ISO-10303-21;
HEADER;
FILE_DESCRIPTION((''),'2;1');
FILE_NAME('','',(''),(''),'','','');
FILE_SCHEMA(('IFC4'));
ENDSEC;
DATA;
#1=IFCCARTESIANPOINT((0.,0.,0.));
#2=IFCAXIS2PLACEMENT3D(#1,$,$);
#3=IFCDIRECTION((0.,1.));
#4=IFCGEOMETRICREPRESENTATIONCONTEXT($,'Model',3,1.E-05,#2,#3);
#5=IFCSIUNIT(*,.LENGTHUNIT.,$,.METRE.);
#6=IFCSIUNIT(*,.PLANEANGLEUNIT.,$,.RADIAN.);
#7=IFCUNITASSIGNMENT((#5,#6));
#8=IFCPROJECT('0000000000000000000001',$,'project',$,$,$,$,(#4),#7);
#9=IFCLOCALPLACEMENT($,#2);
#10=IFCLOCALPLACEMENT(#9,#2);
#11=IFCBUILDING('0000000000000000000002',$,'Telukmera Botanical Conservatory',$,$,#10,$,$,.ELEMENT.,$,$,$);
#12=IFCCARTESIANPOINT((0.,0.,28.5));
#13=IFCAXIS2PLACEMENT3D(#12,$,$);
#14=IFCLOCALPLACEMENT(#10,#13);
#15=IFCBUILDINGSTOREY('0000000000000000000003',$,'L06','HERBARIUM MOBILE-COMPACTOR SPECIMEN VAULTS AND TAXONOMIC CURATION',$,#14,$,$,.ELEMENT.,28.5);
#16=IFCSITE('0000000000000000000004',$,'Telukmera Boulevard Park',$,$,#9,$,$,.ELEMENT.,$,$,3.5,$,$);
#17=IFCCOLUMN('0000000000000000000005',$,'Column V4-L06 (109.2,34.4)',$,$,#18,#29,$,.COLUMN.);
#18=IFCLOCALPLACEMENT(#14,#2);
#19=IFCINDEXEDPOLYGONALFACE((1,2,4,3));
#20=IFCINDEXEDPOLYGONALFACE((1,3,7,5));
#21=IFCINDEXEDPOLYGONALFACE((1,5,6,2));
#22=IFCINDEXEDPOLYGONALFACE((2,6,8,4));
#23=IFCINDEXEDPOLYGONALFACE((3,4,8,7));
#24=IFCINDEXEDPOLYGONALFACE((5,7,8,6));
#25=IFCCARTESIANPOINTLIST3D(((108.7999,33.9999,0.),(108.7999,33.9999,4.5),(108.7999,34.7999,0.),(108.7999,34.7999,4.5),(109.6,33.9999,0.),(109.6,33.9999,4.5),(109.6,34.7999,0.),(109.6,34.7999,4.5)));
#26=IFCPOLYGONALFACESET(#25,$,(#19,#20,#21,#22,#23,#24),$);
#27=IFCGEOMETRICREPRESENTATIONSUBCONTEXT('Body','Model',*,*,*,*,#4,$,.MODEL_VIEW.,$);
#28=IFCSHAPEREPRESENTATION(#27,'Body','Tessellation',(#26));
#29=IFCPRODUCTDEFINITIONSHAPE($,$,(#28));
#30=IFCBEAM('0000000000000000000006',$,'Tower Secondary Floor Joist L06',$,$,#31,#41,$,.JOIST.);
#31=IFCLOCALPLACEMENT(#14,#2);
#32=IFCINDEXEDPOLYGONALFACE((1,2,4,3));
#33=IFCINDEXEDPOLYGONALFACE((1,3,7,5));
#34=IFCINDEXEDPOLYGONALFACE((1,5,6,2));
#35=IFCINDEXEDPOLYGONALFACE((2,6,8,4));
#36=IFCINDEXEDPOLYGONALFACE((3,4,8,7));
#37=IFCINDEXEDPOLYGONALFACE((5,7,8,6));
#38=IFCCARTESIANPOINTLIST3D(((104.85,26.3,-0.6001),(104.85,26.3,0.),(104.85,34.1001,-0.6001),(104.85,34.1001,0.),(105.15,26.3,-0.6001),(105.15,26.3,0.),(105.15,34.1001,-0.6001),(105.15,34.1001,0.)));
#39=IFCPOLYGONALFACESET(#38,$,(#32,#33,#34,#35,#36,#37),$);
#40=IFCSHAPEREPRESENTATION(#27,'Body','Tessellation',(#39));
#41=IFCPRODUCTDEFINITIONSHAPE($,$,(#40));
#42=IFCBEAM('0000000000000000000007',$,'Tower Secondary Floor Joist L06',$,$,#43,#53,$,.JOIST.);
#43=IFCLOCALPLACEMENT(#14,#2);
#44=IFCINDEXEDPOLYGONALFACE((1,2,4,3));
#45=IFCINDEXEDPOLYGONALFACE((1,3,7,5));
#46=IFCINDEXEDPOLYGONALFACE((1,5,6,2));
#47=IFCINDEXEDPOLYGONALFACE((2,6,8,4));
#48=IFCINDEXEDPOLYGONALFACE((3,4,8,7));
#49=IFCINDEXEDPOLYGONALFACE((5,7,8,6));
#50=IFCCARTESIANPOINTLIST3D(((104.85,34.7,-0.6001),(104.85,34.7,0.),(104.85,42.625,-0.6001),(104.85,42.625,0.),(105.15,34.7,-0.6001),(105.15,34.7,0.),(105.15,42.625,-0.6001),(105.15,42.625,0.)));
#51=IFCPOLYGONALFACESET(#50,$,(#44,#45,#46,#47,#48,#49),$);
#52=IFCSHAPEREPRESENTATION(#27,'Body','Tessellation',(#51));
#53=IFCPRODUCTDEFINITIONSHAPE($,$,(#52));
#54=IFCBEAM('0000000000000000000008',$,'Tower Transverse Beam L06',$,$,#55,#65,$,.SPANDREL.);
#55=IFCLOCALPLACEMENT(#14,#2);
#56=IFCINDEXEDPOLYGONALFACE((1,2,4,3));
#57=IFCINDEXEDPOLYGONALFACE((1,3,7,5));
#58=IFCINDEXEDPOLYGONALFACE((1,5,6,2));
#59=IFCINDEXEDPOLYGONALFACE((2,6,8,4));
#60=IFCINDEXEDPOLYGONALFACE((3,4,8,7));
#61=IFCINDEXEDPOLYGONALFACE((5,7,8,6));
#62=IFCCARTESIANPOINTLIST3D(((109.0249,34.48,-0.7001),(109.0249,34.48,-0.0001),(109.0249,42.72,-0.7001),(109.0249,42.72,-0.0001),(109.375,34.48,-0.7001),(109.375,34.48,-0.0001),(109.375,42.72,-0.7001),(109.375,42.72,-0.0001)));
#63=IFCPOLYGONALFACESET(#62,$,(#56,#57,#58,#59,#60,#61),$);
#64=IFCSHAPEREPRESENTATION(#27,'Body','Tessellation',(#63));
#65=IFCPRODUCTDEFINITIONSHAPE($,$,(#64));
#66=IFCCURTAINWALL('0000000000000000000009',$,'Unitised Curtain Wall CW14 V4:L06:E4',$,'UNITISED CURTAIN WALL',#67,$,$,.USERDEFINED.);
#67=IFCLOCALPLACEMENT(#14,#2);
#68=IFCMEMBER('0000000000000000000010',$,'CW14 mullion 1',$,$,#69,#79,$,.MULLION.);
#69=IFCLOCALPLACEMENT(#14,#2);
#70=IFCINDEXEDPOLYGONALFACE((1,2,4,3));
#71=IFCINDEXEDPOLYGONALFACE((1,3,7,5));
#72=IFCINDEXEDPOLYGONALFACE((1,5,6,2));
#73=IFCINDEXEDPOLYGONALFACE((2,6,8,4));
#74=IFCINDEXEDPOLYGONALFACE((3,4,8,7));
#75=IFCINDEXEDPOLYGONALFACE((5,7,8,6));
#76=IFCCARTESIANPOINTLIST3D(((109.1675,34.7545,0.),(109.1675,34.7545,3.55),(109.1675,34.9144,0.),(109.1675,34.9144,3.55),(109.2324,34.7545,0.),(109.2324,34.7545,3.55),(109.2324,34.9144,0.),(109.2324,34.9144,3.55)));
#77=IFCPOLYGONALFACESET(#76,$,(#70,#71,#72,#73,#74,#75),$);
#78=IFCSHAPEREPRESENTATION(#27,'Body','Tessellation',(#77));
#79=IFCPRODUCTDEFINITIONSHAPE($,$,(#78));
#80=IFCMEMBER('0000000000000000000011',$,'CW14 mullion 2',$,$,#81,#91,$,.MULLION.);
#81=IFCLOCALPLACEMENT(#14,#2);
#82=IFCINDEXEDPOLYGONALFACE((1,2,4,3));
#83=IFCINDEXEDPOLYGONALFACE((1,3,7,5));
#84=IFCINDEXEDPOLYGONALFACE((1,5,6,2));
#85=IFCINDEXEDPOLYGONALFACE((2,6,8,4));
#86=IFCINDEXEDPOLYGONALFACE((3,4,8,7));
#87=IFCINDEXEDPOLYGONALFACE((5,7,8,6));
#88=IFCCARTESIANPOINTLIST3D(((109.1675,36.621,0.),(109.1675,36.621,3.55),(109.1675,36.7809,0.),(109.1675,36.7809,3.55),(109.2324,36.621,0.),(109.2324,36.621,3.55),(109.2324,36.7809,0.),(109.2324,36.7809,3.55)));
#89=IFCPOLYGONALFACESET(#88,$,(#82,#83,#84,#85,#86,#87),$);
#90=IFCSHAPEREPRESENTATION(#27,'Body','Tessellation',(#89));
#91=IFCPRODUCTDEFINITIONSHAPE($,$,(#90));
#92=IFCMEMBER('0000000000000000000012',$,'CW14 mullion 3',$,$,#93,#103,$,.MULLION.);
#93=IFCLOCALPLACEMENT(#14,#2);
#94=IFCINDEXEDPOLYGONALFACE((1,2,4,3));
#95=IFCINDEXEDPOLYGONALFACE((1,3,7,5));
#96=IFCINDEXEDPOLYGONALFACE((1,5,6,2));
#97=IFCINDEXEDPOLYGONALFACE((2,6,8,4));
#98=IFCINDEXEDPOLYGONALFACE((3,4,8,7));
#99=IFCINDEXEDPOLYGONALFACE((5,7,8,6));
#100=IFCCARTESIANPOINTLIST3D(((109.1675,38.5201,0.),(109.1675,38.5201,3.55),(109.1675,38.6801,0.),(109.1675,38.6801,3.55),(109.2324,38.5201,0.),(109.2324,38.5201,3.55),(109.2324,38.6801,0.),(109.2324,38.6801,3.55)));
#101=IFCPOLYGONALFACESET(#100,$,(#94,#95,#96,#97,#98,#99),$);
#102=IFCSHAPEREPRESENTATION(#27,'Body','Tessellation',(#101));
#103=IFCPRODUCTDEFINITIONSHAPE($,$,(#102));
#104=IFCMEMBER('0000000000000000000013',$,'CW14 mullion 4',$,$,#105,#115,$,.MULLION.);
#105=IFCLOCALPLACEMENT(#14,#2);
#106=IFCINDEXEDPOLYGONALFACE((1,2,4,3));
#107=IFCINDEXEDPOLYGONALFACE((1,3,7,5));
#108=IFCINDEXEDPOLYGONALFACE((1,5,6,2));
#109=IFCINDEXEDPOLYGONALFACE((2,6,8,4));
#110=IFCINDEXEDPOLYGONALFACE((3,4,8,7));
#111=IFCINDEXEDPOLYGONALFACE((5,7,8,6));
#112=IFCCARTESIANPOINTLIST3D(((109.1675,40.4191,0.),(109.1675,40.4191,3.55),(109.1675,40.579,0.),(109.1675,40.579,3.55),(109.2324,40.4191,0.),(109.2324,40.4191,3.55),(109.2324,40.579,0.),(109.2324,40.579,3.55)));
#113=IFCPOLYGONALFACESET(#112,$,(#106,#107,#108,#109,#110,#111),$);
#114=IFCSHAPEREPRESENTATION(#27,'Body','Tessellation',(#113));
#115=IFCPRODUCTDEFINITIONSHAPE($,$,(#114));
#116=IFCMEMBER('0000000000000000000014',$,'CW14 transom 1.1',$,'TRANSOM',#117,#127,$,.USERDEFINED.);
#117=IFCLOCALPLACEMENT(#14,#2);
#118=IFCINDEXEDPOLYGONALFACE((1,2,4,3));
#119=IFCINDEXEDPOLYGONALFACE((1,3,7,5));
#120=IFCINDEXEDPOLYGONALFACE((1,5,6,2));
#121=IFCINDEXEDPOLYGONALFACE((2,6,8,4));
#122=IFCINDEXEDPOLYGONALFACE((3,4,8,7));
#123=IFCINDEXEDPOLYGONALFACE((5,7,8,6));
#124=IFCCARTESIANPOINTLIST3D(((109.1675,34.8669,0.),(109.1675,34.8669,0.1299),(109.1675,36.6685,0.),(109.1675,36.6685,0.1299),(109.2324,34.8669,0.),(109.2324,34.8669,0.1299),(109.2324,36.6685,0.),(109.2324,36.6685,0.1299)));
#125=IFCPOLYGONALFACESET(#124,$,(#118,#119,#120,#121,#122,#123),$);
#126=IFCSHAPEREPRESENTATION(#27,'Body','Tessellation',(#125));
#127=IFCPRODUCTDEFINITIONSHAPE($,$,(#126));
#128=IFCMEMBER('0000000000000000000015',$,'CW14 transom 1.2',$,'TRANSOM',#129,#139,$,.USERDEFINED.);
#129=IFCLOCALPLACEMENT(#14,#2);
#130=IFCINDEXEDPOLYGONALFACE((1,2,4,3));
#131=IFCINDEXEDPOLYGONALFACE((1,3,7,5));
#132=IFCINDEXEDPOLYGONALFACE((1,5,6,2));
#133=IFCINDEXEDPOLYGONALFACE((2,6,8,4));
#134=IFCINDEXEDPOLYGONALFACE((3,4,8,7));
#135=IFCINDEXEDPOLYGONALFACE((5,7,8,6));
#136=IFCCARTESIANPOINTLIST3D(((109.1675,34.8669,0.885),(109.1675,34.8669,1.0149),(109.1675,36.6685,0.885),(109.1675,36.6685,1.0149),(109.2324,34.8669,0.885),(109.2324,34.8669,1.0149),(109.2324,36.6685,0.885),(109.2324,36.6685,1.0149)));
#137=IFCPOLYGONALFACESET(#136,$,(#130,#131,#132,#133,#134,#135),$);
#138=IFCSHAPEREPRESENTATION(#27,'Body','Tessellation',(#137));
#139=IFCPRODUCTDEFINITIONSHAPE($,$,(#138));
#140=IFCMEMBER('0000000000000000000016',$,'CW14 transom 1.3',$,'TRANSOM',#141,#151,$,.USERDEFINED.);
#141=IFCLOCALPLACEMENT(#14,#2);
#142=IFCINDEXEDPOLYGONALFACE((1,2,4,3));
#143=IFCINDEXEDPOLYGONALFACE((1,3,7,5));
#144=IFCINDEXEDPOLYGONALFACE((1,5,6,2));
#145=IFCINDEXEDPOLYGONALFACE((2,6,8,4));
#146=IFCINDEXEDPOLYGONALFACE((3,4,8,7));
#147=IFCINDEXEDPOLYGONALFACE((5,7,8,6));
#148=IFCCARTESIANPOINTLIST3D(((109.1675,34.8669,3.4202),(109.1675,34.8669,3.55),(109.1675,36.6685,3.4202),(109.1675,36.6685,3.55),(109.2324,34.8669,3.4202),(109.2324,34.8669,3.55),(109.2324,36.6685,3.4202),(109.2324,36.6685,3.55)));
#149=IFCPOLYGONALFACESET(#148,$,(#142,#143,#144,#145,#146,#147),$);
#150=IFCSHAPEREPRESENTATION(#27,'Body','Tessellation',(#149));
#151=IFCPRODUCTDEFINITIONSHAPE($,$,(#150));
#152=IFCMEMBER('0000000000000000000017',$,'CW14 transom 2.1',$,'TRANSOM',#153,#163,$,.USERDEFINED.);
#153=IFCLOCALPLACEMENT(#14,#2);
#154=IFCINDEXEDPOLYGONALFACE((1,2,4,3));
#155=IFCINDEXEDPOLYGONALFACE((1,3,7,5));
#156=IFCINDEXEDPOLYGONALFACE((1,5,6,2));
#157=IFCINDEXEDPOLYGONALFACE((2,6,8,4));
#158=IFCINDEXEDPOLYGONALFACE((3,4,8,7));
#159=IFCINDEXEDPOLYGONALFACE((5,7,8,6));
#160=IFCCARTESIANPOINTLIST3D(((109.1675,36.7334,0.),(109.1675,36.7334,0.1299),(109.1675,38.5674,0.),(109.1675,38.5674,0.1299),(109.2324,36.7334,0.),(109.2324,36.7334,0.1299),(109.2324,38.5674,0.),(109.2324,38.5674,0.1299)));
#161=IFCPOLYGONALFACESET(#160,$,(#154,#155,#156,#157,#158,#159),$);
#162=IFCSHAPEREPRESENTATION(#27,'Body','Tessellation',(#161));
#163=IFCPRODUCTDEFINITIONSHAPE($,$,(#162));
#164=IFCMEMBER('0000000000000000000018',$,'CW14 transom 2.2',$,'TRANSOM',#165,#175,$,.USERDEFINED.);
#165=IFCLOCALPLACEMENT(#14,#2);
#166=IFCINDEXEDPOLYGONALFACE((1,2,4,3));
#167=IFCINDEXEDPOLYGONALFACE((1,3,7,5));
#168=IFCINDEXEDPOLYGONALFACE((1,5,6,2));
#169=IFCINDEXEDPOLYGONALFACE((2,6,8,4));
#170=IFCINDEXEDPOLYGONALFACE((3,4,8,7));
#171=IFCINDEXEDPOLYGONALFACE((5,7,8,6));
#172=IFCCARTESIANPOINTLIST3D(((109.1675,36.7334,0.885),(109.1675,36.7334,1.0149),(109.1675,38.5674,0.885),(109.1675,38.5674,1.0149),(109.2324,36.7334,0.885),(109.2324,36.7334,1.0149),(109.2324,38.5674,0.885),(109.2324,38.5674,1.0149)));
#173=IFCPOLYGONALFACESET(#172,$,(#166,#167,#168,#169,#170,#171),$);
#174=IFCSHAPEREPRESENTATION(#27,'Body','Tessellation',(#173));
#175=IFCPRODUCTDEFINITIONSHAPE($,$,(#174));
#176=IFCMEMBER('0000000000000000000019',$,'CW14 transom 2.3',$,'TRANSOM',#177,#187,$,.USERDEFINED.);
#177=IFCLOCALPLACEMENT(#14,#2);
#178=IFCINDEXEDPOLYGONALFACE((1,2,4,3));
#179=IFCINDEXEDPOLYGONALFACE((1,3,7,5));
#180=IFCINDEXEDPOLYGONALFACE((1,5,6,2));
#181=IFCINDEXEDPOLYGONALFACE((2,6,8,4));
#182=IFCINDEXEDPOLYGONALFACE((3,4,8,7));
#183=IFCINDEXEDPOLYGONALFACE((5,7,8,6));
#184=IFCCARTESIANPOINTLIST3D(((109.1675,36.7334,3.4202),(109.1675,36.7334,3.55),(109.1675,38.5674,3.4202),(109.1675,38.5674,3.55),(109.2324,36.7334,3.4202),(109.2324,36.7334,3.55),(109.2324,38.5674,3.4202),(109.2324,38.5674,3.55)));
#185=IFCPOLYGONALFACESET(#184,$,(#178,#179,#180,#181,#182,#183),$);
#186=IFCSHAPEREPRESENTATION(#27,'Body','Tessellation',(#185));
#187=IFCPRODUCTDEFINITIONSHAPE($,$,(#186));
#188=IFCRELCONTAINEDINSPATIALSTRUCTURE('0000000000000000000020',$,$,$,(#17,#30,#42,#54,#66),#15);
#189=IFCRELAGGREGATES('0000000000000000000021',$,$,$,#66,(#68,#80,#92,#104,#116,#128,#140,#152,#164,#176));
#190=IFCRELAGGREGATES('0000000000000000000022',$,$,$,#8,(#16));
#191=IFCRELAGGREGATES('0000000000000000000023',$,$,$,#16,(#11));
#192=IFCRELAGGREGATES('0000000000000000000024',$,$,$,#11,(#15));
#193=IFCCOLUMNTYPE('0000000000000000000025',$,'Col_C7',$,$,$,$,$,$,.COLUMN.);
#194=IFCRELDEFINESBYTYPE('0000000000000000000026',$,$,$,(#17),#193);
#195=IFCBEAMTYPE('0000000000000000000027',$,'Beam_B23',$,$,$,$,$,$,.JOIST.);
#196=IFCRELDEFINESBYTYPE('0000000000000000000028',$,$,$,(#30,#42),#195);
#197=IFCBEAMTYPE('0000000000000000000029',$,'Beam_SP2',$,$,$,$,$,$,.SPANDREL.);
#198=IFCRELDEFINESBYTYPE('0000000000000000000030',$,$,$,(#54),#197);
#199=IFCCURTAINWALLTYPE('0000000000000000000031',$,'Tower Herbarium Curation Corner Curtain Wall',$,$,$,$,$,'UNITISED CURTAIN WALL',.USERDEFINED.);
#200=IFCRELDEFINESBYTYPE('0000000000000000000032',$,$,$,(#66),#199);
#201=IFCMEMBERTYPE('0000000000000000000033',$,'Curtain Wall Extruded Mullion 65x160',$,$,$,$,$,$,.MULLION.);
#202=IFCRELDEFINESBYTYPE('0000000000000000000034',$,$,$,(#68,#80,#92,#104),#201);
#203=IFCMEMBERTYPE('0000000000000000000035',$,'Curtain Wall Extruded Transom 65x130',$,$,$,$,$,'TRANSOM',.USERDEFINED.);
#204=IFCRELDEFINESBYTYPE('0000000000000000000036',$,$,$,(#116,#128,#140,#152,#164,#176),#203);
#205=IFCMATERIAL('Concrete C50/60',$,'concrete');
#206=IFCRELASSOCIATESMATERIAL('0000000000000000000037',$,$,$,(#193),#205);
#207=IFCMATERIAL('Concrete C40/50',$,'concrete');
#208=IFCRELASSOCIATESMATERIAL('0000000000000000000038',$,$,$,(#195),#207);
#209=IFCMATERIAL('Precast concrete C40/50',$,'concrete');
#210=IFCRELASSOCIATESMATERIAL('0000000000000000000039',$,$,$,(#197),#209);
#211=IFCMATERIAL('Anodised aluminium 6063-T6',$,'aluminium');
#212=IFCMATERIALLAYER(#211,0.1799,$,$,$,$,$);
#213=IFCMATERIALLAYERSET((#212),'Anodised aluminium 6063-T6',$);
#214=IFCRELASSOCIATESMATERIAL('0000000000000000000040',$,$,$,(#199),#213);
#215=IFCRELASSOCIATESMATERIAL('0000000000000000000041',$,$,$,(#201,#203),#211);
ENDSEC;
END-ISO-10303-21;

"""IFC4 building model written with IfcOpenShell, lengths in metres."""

from ifc_helpers import new_model, si_unit, direction, frame, origin, origin_2d, place, context, subcontext, project, spatial, rectangle, extrude, material, layer, layer_set, material_profile, profile_set, type_object, element, aggregate, save


model = new_model("IFC4")

# Units and contexts
model_context = context("Model", 3, precision=1e-05, world=origin(), true_north=direction((0.0, 1.0)))
body_context = subcontext(model_context, "Body", "Model", "MODEL_VIEW")
ifc_project = project(units=[si_unit("LENGTHUNIT", "METRE"), si_unit("PLANEANGLEUNIT", "RADIAN")], contexts=[model_context])

# Site, building, storey
site_placement = place(None, origin())
site = spatial("IfcSite", under=ifc_project, at=site_placement, Name="Telukmera Boulevard Park", CompositionType="ELEMENT", RefElevation=3.5)
building_placement = place(site_placement, origin())
building = spatial("IfcBuilding", under=site, at=building_placement, Name="Telukmera Botanical Conservatory", CompositionType="ELEMENT")
storey_placement = place(building_placement, frame((0.0, 0.0, 28.5)))
storey = spatial("IfcBuildingStorey", under=building, at=storey_placement, Name="L06", Description="HERBARIUM MOBILE-COMPACTOR SPECIMEN VAULTS AND TAXONOMIC CURATION", CompositionType="ELEMENT", Elevation=28.5)

# Column
ifc_material_1 = material(Name="Concrete C50/60", Category="concrete")
ifc_material_profile_1 = material_profile(ifc_material_1, rectangle(XDim=0.8, YDim=0.8, at=origin_2d()), Name="RC 800x800")
ifc_profile_set_1 = profile_set([ifc_material_profile_1], Name="Concrete C50/60")
column_type = type_object("IfcColumnType", Name="Col_C7", PredefinedType="COLUMN", material=ifc_profile_set_1)
column_placement = place(storey_placement, frame((109.2, 34.3999, 0.0), z_axis=(0.0, 0.0, 1.0), x_axis=(1.0, 0.0, 0.0)))
element("IfcColumn", 1, at=column_placement, inside=storey, type_object=column_type, Name="Column V4-L06 (109.2,34.4)", PredefinedType="COLUMN", context=body_context, shape_type="SweptSolid", body=[
    extrude(rectangle(XDim=0.8, YDim=0.8, at=origin_2d()), origin(), (0.0, 0.0, 1.0), 4.5),
])

# Beams
ifc_material_2 = material(Name="Concrete C40/50", Category="concrete")
ifc_material_profile_2 = material_profile(ifc_material_2, rectangle(XDim=0.3, YDim=0.6001, at=origin_2d()), Name="RC 300x600")
ifc_profile_set_2 = profile_set([ifc_material_profile_2], Name="Concrete C40/50")
beam_type_1 = type_object("IfcBeamType", Name="Beam_B23", PredefinedType="JOIST", material=ifc_profile_set_2)
beam_1_placement = place(storey_placement, frame((105.0, 26.3, -0.3), z_axis=(0.0, 1.0, 0.0), x_axis=(-1.0, 0.0, 0.0)))
element("IfcBeam", 2, at=beam_1_placement, inside=storey, type_object=beam_type_1, Name="Tower Secondary Floor Joist L06", PredefinedType="JOIST", context=body_context, shape_type="SweptSolid", body=[
    extrude(rectangle(XDim=0.3, YDim=0.6001, at=origin_2d()), origin(), (0.0, 0.0, 1.0), 7.8),
])
beam_2_placement = place(storey_placement, frame((105.0, 34.7, -0.3), z_axis=(0.0, 1.0, 0.0), x_axis=(-1.0, 0.0, 0.0)))
element("IfcBeam", 3, at=beam_2_placement, inside=storey, type_object=beam_type_1, Name="Tower Secondary Floor Joist L06", PredefinedType="JOIST", context=body_context, shape_type="SweptSolid", body=[
    extrude(rectangle(XDim=0.3, YDim=0.6001, at=origin_2d()), origin(), (0.0, 0.0, 1.0), 7.925),
])
ifc_material_3 = material(Name="Precast concrete C40/50", Category="concrete")
ifc_material_profile_3 = material_profile(ifc_material_3, rectangle(XDim=0.3501, YDim=0.7, at=origin_2d()), Name="PC 350x700")
ifc_profile_set_3 = profile_set([ifc_material_profile_3], Name="Precast concrete C40/50")
beam_type_2 = type_object("IfcBeamType", Name="Beam_SP2", PredefinedType="SPANDREL", material=ifc_profile_set_3)
beam_3_placement = place(storey_placement, frame((109.2, 34.48, -0.3501), z_axis=(0.0, 1.0, 0.0), x_axis=(-1.0, 0.0, 0.0)))
element("IfcBeam", 4, at=beam_3_placement, inside=storey, type_object=beam_type_2, Name="Tower Transverse Beam L06", PredefinedType="SPANDREL", context=body_context, shape_type="SweptSolid", body=[
    extrude(rectangle(XDim=0.3501, YDim=0.7, at=origin_2d()), origin(), (0.0, 0.0, 1.0), 8.24),
])

# Curtain wall, members
ifc_material_4 = material(Name="Anodised aluminium 6063-T6", Category="aluminium")
ifc_layer_1 = layer(ifc_material_4, 0.1799)
ifc_layer_set_1 = layer_set([ifc_layer_1], Name="Anodised aluminium 6063-T6")
curtain_wall_type = type_object("IfcCurtainWallType", Name="Tower Herbarium Curation Corner Curtain Wall", ElementType="UNITISED CURTAIN WALL", PredefinedType="USERDEFINED", material=ifc_layer_set_1)
curtain_wall_placement = place(storey_placement, origin())
curtain_wall = element("IfcCurtainWall", 5, at=curtain_wall_placement, inside=storey, type_object=curtain_wall_type, Name="Unitised Curtain Wall CW14 V4:L06:E4", ObjectType="UNITISED CURTAIN WALL", PredefinedType="USERDEFINED")
ifc_material_profile_4 = material_profile(ifc_material_4, rectangle(XDim=0.0649, YDim=0.1599, at=origin_2d()), Name="ALU MULL 65x160")
ifc_profile_set_4 = profile_set([ifc_material_profile_4], Name="Anodised aluminium 6063-T6")
member_type_1 = type_object("IfcMemberType", Name="Curtain Wall Extruded Mullion 65x160", PredefinedType="MULLION", material=ifc_profile_set_4)
member_1_placement = place(storey_placement, frame((109.2, 34.8345, 0.0), z_axis=(0.0, 0.0, 1.0), x_axis=(-1.0, 0.0, 0.0)))
member_1 = element("IfcMember", 6, at=member_1_placement, type_object=member_type_1, Name="CW14 mullion 1", PredefinedType="MULLION", context=body_context, shape_type="SweptSolid", body=[
    extrude(rectangle(XDim=0.0649, YDim=0.1599, at=origin_2d()), origin(), (0.0, 0.0, 1.0), 3.55),
])
member_2_placement = place(storey_placement, frame((109.2, 36.7009, 0.0), z_axis=(0.0, 0.0, 1.0), x_axis=(-1.0, 0.0, 0.0)))
member_2 = element("IfcMember", 7, at=member_2_placement, type_object=member_type_1, Name="CW14 mullion 2", PredefinedType="MULLION", context=body_context, shape_type="SweptSolid", body=[
    extrude(rectangle(XDim=0.0649, YDim=0.1599, at=origin_2d()), origin(), (0.0, 0.0, 1.0), 3.55),
])
member_3_placement = place(storey_placement, frame((109.2, 38.6001, 0.0), z_axis=(0.0, 0.0, 1.0), x_axis=(-1.0, 0.0, 0.0)))
member_3 = element("IfcMember", 8, at=member_3_placement, type_object=member_type_1, Name="CW14 mullion 3", PredefinedType="MULLION", context=body_context, shape_type="SweptSolid", body=[
    extrude(rectangle(XDim=0.0649, YDim=0.1599, at=origin_2d()), origin(), (0.0, 0.0, 1.0), 3.55),
])
member_4_placement = place(storey_placement, frame((109.2, 40.499, 0.0), z_axis=(0.0, 0.0, 1.0), x_axis=(-1.0, 0.0, 0.0)))
member_4 = element("IfcMember", 9, at=member_4_placement, type_object=member_type_1, Name="CW14 mullion 4", PredefinedType="MULLION", context=body_context, shape_type="SweptSolid", body=[
    extrude(rectangle(XDim=0.0649, YDim=0.1599, at=origin_2d()), origin(), (0.0, 0.0, 1.0), 3.55),
])
ifc_material_profile_5 = material_profile(ifc_material_4, rectangle(XDim=0.0649, YDim=0.1299, at=origin_2d()), Name="ALU TRAN 65x130")
ifc_profile_set_5 = profile_set([ifc_material_profile_5], Name="Anodised aluminium 6063-T6")
member_type_2 = type_object("IfcMemberType", Name="Curtain Wall Extruded Transom 65x130", ElementType="TRANSOM", PredefinedType="USERDEFINED", material=ifc_profile_set_5)
member_5_placement = place(storey_placement, frame((109.2, 34.8669, 0.0649), z_axis=(0.0, 1.0, 0.0), x_axis=(-1.0, 0.0, 0.0)))
member_5 = element("IfcMember", 10, at=member_5_placement, type_object=member_type_2, Name="CW14 transom 1.1", ObjectType="TRANSOM", PredefinedType="USERDEFINED", context=body_context, shape_type="SweptSolid", body=[
    extrude(rectangle(XDim=0.0649, YDim=0.1299, at=origin_2d()), origin(), (0.0, 0.0, 1.0), 1.8015),
])
member_6_placement = place(storey_placement, frame((109.2, 34.8669, 0.95), z_axis=(0.0, 1.0, 0.0), x_axis=(-1.0, 0.0, 0.0)))
member_6 = element("IfcMember", 11, at=member_6_placement, type_object=member_type_2, Name="CW14 transom 1.2", ObjectType="TRANSOM", PredefinedType="USERDEFINED", context=body_context, shape_type="SweptSolid", body=[
    extrude(rectangle(XDim=0.0649, YDim=0.1299, at=origin_2d()), origin(), (0.0, 0.0, 1.0), 1.8015),
])
member_7_placement = place(storey_placement, frame((109.2, 34.8669, 3.4851), z_axis=(0.0, 1.0, 0.0), x_axis=(-1.0, 0.0, 0.0)))
member_7 = element("IfcMember", 12, at=member_7_placement, type_object=member_type_2, Name="CW14 transom 1.3", ObjectType="TRANSOM", PredefinedType="USERDEFINED", context=body_context, shape_type="SweptSolid", body=[
    extrude(rectangle(XDim=0.0649, YDim=0.1299, at=origin_2d()), origin(), (0.0, 0.0, 1.0), 1.8015),
])
member_8_placement = place(storey_placement, frame((109.2, 36.7334, 0.0649), z_axis=(0.0, 1.0, 0.0), x_axis=(-1.0, 0.0, 0.0)))
member_8 = element("IfcMember", 13, at=member_8_placement, type_object=member_type_2, Name="CW14 transom 2.1", ObjectType="TRANSOM", PredefinedType="USERDEFINED", context=body_context, shape_type="SweptSolid", body=[
    extrude(rectangle(XDim=0.0649, YDim=0.1299, at=origin_2d()), origin(), (0.0, 0.0, 1.0), 1.834),
])
member_9_placement = place(storey_placement, frame((109.2, 36.7334, 0.95), z_axis=(0.0, 1.0, 0.0), x_axis=(-1.0, 0.0, 0.0)))
member_9 = element("IfcMember", 14, at=member_9_placement, type_object=member_type_2, Name="CW14 transom 2.2", ObjectType="TRANSOM", PredefinedType="USERDEFINED", context=body_context, shape_type="SweptSolid", body=[
    extrude(rectangle(XDim=0.0649, YDim=0.1299, at=origin_2d()), origin(), (0.0, 0.0, 1.0), 1.834),
])
member_10_placement = place(storey_placement, frame((109.2, 36.7334, 3.4851), z_axis=(0.0, 1.0, 0.0), x_axis=(-1.0, 0.0, 0.0)))
member_10 = element("IfcMember", 15, at=member_10_placement, type_object=member_type_2, Name="CW14 transom 2.3", ObjectType="TRANSOM", PredefinedType="USERDEFINED", context=body_context, shape_type="SweptSolid", body=[
    extrude(rectangle(XDim=0.0649, YDim=0.1299, at=origin_2d()), origin(), (0.0, 0.0, 1.0), 1.834),
])
aggregate(curtain_wall, [member_1, member_2, member_3, member_4, member_5, member_6, member_7, member_8, member_9, member_10])

save(model, "model.ifc")
